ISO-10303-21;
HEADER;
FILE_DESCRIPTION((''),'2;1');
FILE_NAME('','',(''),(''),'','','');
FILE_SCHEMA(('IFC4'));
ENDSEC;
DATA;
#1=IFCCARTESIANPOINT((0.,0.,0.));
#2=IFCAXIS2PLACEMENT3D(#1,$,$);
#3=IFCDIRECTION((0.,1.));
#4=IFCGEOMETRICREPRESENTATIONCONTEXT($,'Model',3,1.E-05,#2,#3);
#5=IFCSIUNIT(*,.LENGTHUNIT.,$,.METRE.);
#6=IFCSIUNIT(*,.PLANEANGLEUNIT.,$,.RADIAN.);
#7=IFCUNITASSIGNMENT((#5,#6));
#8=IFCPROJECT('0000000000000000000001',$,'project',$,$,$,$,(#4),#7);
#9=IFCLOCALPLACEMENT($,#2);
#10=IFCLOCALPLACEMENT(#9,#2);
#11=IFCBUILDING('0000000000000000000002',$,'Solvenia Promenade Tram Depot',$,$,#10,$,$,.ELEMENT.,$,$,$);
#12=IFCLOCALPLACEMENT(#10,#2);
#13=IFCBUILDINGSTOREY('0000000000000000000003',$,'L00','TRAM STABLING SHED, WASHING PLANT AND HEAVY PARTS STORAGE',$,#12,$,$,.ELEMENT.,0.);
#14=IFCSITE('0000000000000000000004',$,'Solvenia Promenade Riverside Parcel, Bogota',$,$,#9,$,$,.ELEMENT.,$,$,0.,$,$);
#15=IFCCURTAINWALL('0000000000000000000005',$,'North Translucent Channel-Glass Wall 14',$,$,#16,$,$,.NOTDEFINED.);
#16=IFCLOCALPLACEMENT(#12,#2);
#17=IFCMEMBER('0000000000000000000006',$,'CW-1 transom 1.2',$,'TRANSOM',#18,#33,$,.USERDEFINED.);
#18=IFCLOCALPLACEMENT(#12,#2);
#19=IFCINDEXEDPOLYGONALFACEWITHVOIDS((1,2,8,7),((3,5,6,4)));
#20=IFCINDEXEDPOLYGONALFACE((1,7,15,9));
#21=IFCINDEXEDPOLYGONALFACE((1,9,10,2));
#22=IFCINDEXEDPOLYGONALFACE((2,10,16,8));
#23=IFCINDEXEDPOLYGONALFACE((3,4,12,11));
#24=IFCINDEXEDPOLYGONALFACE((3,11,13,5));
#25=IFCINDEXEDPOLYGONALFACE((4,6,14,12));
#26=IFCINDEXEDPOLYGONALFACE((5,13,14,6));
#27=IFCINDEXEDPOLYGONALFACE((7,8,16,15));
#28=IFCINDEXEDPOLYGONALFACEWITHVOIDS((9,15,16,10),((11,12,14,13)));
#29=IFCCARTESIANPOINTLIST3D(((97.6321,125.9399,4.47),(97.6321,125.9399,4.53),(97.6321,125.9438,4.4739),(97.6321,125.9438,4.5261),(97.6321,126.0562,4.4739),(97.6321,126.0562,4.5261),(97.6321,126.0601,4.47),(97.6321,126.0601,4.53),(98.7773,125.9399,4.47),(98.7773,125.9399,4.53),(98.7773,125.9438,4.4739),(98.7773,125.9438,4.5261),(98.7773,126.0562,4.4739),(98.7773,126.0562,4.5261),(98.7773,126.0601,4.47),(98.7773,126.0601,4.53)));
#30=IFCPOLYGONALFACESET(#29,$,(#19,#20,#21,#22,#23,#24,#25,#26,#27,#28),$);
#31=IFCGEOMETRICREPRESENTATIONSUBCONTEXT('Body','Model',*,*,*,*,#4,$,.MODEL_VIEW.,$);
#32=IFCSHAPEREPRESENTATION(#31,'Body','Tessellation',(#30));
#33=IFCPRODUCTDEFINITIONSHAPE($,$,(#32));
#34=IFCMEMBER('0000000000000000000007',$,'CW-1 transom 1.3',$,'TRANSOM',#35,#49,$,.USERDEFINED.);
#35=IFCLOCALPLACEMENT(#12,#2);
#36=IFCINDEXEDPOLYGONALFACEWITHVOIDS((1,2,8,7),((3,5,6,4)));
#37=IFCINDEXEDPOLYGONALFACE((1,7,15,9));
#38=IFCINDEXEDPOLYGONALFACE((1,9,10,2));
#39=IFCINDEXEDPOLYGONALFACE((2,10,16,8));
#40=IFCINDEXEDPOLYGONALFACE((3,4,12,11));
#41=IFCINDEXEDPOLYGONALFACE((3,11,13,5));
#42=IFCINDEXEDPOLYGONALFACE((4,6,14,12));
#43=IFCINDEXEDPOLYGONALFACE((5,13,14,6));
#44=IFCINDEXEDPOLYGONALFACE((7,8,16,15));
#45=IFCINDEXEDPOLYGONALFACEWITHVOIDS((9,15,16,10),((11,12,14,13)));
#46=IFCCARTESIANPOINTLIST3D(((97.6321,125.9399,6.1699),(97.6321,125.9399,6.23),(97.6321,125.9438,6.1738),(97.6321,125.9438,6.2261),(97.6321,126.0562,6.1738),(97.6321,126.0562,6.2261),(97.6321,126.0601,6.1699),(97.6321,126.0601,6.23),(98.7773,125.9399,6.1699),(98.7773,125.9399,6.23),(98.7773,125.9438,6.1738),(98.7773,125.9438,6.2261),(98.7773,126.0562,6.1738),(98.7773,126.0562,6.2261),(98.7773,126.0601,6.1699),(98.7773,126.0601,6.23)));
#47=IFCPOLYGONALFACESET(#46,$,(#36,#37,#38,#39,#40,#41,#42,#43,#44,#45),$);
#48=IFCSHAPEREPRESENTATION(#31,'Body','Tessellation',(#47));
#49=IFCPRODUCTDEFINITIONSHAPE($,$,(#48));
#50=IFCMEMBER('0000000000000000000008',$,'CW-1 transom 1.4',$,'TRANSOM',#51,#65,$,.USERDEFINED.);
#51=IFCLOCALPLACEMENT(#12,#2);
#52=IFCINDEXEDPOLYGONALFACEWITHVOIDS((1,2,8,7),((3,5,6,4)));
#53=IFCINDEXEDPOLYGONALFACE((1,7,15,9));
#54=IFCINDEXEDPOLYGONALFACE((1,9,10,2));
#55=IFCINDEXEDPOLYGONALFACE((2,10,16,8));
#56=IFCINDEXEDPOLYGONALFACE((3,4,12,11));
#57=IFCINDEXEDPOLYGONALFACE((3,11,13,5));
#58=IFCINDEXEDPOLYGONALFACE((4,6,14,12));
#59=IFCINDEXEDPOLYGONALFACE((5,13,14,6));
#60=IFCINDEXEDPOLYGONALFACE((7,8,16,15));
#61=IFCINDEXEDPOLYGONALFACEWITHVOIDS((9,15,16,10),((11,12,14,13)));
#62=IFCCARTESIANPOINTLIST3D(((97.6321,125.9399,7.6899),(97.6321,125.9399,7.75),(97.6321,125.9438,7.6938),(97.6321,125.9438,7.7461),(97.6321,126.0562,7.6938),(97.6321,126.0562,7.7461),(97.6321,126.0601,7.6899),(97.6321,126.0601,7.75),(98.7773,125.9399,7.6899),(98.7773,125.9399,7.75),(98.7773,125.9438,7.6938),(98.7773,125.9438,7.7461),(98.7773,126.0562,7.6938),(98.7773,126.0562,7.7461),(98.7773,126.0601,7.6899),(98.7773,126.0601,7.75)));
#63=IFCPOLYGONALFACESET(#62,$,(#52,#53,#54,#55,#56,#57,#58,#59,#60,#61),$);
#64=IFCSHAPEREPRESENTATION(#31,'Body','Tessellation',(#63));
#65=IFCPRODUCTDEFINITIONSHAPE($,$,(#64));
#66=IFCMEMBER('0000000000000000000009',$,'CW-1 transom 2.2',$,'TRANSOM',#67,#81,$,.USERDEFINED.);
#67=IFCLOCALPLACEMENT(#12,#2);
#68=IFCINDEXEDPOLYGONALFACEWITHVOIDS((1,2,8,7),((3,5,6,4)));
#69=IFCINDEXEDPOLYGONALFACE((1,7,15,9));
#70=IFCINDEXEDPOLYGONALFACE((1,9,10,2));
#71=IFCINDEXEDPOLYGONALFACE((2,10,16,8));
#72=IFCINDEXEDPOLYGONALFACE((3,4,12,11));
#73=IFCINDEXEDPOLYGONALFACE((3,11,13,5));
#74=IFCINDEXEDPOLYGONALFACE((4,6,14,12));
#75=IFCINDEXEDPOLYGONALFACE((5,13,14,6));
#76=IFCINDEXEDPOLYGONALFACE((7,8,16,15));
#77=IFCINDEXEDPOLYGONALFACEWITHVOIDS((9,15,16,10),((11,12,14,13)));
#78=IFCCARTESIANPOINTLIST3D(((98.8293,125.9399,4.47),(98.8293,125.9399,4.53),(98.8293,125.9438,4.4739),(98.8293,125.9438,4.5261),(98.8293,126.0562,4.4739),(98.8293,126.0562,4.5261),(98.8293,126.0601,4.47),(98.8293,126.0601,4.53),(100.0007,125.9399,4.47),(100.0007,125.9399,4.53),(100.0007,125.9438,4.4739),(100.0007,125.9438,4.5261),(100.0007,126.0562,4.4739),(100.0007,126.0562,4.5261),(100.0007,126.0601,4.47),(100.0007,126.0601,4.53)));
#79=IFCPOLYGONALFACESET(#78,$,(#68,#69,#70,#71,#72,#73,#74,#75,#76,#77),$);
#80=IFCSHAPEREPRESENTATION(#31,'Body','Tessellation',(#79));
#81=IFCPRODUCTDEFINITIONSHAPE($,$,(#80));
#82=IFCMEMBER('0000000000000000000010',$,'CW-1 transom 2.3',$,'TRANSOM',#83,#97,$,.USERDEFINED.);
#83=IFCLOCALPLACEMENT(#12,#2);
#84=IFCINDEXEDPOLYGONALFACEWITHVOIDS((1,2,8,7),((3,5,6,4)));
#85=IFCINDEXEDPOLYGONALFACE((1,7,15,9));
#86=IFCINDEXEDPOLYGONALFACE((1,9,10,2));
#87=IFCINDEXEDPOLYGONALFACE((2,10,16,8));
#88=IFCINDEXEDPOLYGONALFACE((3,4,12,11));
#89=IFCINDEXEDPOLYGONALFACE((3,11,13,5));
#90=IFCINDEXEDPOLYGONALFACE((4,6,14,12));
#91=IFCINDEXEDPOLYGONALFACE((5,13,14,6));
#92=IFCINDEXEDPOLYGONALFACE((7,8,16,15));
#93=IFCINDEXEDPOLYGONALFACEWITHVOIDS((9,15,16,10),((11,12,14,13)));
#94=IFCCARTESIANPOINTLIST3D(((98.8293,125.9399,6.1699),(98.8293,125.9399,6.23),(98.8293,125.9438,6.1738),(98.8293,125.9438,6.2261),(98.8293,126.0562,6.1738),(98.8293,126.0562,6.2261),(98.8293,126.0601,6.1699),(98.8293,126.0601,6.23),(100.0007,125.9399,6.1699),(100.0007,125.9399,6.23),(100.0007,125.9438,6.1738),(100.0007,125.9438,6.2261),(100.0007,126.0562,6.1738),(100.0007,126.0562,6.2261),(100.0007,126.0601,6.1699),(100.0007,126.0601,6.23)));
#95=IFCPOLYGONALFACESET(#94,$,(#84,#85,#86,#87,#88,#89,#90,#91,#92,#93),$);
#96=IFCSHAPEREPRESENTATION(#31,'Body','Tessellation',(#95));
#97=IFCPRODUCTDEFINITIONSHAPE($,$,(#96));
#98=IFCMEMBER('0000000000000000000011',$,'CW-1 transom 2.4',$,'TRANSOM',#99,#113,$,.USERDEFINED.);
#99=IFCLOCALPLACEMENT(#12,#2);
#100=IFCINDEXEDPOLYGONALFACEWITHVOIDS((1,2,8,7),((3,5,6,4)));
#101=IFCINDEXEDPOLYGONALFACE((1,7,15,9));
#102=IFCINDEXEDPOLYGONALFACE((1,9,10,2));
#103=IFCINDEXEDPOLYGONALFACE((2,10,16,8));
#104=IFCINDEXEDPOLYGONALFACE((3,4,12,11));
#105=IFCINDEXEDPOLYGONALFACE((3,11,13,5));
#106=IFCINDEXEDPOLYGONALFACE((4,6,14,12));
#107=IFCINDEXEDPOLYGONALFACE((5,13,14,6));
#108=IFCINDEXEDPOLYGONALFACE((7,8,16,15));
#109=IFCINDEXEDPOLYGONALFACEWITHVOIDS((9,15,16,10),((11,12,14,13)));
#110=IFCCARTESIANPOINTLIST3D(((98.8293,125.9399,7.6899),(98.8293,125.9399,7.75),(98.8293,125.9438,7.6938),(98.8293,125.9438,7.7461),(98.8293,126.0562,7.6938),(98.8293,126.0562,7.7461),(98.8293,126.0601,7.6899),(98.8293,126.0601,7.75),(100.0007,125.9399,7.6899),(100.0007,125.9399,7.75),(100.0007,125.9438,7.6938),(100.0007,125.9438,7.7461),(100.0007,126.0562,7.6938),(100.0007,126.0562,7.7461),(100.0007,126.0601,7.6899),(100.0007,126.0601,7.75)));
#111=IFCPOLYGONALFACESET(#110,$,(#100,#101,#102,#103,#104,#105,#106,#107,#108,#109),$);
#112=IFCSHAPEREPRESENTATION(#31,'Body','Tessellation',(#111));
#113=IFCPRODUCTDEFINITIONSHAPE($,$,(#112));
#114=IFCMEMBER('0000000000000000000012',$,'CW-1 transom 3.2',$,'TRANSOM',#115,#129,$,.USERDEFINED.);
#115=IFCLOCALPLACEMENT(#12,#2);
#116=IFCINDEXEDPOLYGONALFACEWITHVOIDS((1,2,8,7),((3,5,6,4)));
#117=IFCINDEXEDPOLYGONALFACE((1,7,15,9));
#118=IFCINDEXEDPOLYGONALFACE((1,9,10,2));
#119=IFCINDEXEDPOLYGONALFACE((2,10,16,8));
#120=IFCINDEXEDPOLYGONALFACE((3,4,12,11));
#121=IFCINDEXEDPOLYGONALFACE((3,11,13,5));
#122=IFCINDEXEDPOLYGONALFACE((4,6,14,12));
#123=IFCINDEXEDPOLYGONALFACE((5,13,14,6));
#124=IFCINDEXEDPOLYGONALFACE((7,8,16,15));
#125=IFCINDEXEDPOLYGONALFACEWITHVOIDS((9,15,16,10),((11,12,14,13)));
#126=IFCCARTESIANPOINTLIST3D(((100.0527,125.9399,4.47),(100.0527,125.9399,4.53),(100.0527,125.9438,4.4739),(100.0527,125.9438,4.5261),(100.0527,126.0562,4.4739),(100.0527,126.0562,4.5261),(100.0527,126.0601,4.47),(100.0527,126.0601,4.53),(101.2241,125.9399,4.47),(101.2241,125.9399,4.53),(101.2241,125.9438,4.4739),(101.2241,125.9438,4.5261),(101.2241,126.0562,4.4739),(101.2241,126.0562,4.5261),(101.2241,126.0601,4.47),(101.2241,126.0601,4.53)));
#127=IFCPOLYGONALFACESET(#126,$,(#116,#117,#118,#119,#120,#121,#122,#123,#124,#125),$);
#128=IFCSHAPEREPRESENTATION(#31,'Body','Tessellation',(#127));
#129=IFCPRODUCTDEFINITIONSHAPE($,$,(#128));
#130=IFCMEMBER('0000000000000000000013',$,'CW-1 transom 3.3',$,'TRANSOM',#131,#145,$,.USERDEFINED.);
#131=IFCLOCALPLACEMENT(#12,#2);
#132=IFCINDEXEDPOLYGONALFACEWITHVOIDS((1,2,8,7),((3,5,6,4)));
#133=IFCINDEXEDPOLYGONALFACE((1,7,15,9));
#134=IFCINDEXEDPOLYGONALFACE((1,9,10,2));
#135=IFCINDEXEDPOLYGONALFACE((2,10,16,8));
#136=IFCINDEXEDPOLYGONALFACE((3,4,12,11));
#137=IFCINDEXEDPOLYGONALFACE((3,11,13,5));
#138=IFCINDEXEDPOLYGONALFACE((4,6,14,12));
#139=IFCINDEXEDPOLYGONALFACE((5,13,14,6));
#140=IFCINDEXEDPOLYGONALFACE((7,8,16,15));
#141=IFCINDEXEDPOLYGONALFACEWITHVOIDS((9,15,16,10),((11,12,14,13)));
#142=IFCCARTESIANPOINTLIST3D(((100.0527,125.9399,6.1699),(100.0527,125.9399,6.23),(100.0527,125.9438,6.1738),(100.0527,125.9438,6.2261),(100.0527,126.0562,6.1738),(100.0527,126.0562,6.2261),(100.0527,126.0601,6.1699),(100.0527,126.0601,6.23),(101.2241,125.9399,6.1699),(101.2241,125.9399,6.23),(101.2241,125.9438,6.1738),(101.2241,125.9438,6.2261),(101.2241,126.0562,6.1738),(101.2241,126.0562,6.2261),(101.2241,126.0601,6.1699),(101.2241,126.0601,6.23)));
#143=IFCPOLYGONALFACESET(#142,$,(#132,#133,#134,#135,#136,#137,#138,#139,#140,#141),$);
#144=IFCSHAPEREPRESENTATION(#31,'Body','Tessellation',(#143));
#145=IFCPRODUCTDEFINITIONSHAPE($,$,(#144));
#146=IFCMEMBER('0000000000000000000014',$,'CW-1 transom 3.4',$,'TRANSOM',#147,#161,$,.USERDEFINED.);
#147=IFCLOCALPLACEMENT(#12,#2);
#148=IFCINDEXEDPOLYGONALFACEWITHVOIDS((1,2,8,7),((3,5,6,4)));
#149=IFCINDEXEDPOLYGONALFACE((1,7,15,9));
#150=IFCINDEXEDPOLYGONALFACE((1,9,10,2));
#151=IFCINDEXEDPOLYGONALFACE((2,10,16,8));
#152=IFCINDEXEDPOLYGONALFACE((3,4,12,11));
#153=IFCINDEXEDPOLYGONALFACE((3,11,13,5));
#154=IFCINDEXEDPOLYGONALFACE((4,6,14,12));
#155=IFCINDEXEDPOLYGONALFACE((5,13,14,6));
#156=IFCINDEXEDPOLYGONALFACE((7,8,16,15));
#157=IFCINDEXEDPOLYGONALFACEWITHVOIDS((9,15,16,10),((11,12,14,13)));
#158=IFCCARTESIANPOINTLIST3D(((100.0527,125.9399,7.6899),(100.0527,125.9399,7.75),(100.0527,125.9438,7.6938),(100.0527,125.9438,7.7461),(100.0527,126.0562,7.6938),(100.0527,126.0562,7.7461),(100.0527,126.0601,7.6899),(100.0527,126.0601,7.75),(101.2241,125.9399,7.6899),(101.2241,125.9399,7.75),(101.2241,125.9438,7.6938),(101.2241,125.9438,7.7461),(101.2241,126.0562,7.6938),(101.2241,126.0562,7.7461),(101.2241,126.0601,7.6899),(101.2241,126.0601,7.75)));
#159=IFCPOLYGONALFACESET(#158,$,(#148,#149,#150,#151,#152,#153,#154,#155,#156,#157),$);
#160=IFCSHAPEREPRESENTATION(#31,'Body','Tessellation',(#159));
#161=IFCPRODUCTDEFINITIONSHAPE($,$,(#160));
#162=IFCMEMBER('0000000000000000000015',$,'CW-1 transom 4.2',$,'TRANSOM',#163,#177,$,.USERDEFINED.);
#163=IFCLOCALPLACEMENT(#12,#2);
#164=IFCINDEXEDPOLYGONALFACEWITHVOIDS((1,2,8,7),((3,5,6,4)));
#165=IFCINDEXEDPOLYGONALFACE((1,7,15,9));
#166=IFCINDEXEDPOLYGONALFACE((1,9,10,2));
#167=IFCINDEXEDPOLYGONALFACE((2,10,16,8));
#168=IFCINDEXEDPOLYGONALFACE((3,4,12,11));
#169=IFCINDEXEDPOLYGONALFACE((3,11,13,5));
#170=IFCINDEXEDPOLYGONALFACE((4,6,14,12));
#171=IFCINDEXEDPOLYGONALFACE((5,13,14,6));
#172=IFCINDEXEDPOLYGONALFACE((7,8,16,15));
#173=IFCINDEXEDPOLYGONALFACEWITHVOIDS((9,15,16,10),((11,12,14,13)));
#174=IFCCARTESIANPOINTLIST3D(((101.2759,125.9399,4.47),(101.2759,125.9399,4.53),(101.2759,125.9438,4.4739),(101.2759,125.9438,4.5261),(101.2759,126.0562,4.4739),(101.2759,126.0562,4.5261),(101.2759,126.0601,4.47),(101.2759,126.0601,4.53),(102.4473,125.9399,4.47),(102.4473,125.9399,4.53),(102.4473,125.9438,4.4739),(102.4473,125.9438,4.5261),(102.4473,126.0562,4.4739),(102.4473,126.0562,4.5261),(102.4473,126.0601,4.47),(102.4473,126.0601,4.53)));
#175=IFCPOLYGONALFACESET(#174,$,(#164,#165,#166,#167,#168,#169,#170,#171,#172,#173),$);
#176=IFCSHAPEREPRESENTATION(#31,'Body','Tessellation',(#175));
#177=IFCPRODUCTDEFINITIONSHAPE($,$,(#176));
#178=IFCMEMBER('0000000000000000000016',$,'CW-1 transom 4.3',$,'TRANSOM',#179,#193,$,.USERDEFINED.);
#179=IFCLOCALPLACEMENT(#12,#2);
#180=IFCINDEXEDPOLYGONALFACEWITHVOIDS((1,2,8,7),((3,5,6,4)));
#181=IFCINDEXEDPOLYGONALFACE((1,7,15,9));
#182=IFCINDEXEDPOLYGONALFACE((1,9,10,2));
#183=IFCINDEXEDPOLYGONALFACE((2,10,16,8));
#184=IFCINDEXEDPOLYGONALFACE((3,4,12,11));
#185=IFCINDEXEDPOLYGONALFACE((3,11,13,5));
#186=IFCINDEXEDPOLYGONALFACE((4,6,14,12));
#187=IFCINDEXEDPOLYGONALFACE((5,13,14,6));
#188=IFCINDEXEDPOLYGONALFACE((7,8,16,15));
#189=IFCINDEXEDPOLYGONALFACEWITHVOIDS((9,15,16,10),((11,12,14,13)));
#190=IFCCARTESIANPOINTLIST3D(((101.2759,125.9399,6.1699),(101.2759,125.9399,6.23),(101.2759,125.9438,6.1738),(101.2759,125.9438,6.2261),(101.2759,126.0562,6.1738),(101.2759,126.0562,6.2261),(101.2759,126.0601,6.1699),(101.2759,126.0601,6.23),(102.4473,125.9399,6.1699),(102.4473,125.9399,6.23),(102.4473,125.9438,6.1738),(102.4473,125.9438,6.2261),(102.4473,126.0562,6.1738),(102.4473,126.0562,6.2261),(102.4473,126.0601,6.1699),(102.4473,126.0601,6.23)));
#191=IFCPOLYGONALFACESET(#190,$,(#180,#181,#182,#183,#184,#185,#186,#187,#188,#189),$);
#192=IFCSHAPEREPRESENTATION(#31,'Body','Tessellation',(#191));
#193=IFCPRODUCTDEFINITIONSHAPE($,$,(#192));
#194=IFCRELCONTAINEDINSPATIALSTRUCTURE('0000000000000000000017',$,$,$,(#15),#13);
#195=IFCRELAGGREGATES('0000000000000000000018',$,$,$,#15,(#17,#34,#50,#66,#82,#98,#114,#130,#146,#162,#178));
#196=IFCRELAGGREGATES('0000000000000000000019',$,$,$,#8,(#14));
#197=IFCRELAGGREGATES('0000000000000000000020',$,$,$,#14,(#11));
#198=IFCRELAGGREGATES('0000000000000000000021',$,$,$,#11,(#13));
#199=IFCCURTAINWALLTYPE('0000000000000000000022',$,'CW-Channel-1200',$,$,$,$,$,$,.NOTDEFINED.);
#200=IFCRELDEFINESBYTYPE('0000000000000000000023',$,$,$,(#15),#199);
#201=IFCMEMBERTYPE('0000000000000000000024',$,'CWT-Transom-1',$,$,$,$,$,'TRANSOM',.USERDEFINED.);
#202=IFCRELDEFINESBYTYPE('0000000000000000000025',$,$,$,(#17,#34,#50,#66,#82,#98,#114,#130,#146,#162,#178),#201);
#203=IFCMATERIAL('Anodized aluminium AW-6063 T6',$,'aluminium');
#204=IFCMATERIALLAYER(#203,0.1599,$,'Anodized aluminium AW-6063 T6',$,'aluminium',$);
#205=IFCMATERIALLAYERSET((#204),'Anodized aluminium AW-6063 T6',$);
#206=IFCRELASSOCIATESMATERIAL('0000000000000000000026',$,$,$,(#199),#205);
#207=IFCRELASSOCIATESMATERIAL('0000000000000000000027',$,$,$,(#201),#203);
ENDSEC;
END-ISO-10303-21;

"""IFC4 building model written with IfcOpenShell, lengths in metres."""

from ifc_helpers import new_model, si_unit, direction, frame, origin, origin_2d, place, context, subcontext, project, spatial, hollow_rectangle, extrude, material, layer, layer_set, material_profile, profile_set, type_object, element, aggregate, save


model = new_model("IFC4")

# Units and contexts
model_context = context("Model", 3, precision=1e-05, world=origin(), true_north=direction((0.0, 1.0)))
body_context = subcontext(model_context, "Body", "Model", "MODEL_VIEW")
ifc_project = project(units=[si_unit("LENGTHUNIT", "METRE"), si_unit("PLANEANGLEUNIT", "RADIAN")], contexts=[model_context])

# Site, building, storey
site_placement = place(None, origin())
site = spatial("IfcSite", under=ifc_project, at=site_placement, Name="Solvenia Promenade Riverside Parcel, Bogota", CompositionType="ELEMENT", RefElevation=0.0)
building_placement = place(site_placement, origin())
building = spatial("IfcBuilding", under=site, at=building_placement, Name="Solvenia Promenade Tram Depot", CompositionType="ELEMENT")
storey_placement = place(building_placement, origin())
storey = spatial("IfcBuildingStorey", under=building, at=storey_placement, Name="L00", Description="TRAM STABLING SHED, WASHING PLANT AND HEAVY PARTS STORAGE", CompositionType="ELEMENT", Elevation=0.0)

# Curtain wall, members
ifc_material_1 = material(Name="Anodized aluminium AW-6063 T6", Category="aluminium")
ifc_layer_1 = layer(ifc_material_1, 0.1599, Name="Anodized aluminium AW-6063 T6", Category="aluminium")
ifc_layer_set_1 = layer_set([ifc_layer_1], Name="Anodized aluminium AW-6063 T6")
curtain_wall_type = type_object("IfcCurtainWallType", Name="CW-Channel-1200", PredefinedType="NOTDEFINED", material=ifc_layer_set_1)
curtain_wall_1_placement = place(storey_placement, origin())
curtain_wall_1 = element("IfcCurtainWall", 1, at=curtain_wall_1_placement, inside=storey, type_object=curtain_wall_type, Name="North Translucent Channel-Glass Wall 14", PredefinedType="NOTDEFINED")
ifc_material_profile = material_profile(ifc_material_1, hollow_rectangle(XDim=0.1201, YDim=0.0601, WallThickness=0.0039, at=origin_2d()), Name="ALU-T1", Category="aluminium")
ifc_profile_set = profile_set([ifc_material_profile], Name="Anodized aluminium AW-6063 T6")
member_type = type_object("IfcMemberType", Name="CWT-Transom-1", ElementType="TRANSOM", PredefinedType="USERDEFINED", material=ifc_profile_set)
member_1_placement = place(storey_placement, frame((97.6321, 126.0, 4.5), z_axis=(1.0, 0.0, 0.0), x_axis=(0.0, 1.0, 0.0)))
member_1 = element("IfcMember", 2, at=member_1_placement, type_object=member_type, Name="CW-1 transom 1.2", ObjectType="TRANSOM", PredefinedType="USERDEFINED", context=body_context, shape_type="SweptSolid", body=[
    extrude(hollow_rectangle(XDim=0.1201, YDim=0.0601, WallThickness=0.0039, at=origin_2d()), origin(), (0.0, 0.0, 1.0), 1.1453),
])
member_2_placement = place(storey_placement, frame((97.6321, 126.0, 6.2), z_axis=(1.0, 0.0, 0.0), x_axis=(0.0, 1.0, 0.0)))
member_2 = element("IfcMember", 3, at=member_2_placement, type_object=member_type, Name="CW-1 transom 1.3", ObjectType="TRANSOM", PredefinedType="USERDEFINED", context=body_context, shape_type="SweptSolid", body=[
    extrude(hollow_rectangle(XDim=0.1201, YDim=0.0601, WallThickness=0.0039, at=origin_2d()), origin(), (0.0, 0.0, 1.0), 1.1453),
])
member_3_placement = place(storey_placement, frame((97.6321, 126.0, 7.72), z_axis=(1.0, 0.0, 0.0), x_axis=(0.0, 1.0, 0.0)))
member_3 = element("IfcMember", 4, at=member_3_placement, type_object=member_type, Name="CW-1 transom 1.4", ObjectType="TRANSOM", PredefinedType="USERDEFINED", context=body_context, shape_type="SweptSolid", body=[
    extrude(hollow_rectangle(XDim=0.1201, YDim=0.0601, WallThickness=0.0039, at=origin_2d()), origin(), (0.0, 0.0, 1.0), 1.1453),
])
member_4_placement = place(storey_placement, frame((98.8293, 126.0, 4.5), z_axis=(1.0, 0.0, 0.0), x_axis=(0.0, 1.0, 0.0)))
member_4 = element("IfcMember", 5, at=member_4_placement, type_object=member_type, Name="CW-1 transom 2.2", ObjectType="TRANSOM", PredefinedType="USERDEFINED", context=body_context, shape_type="SweptSolid", body=[
    extrude(hollow_rectangle(XDim=0.1201, YDim=0.0601, WallThickness=0.0039, at=origin_2d()), origin(), (0.0, 0.0, 1.0), 1.1714),
])
member_5_placement = place(storey_placement, frame((98.8293, 126.0, 6.2), z_axis=(1.0, 0.0, 0.0), x_axis=(0.0, 1.0, 0.0)))
member_5 = element("IfcMember", 6, at=member_5_placement, type_object=member_type, Name="CW-1 transom 2.3", ObjectType="TRANSOM", PredefinedType="USERDEFINED", context=body_context, shape_type="SweptSolid", body=[
    extrude(hollow_rectangle(XDim=0.1201, YDim=0.0601, WallThickness=0.0039, at=origin_2d()), origin(), (0.0, 0.0, 1.0), 1.1714),
])
member_6_placement = place(storey_placement, frame((98.8293, 126.0, 7.72), z_axis=(1.0, 0.0, 0.0), x_axis=(0.0, 1.0, 0.0)))
member_6 = element("IfcMember", 7, at=member_6_placement, type_object=member_type, Name="CW-1 transom 2.4", ObjectType="TRANSOM", PredefinedType="USERDEFINED", context=body_context, shape_type="SweptSolid", body=[
    extrude(hollow_rectangle(XDim=0.1201, YDim=0.0601, WallThickness=0.0039, at=origin_2d()), origin(), (0.0, 0.0, 1.0), 1.1714),
])
member_7_placement = place(storey_placement, frame((100.0527, 126.0, 4.5), z_axis=(1.0, 0.0, 0.0), x_axis=(0.0, 1.0, 0.0)))
member_7 = element("IfcMember", 8, at=member_7_placement, type_object=member_type, Name="CW-1 transom 3.2", ObjectType="TRANSOM", PredefinedType="USERDEFINED", context=body_context, shape_type="SweptSolid", body=[
    extrude(hollow_rectangle(XDim=0.1201, YDim=0.0601, WallThickness=0.0039, at=origin_2d()), origin(), (0.0, 0.0, 1.0), 1.1714),
])
member_8_placement = place(storey_placement, frame((100.0527, 126.0, 6.2), z_axis=(1.0, 0.0, 0.0), x_axis=(0.0, 1.0, 0.0)))
member_8 = element("IfcMember", 9, at=member_8_placement, type_object=member_type, Name="CW-1 transom 3.3", ObjectType="TRANSOM", PredefinedType="USERDEFINED", context=body_context, shape_type="SweptSolid", body=[
    extrude(hollow_rectangle(XDim=0.1201, YDim=0.0601, WallThickness=0.0039, at=origin_2d()), origin(), (0.0, 0.0, 1.0), 1.1714),
])
member_9_placement = place(storey_placement, frame((100.0527, 126.0, 7.72), z_axis=(1.0, 0.0, 0.0), x_axis=(0.0, 1.0, 0.0)))
member_9 = element("IfcMember", 10, at=member_9_placement, type_object=member_type, Name="CW-1 transom 3.4", ObjectType="TRANSOM", PredefinedType="USERDEFINED", context=body_context, shape_type="SweptSolid", body=[
    extrude(hollow_rectangle(XDim=0.1201, YDim=0.0601, WallThickness=0.0039, at=origin_2d()), origin(), (0.0, 0.0, 1.0), 1.1714),
])
member_10_placement = place(storey_placement, frame((101.2759, 126.0, 4.5), z_axis=(1.0, 0.0, 0.0), x_axis=(0.0, 1.0, 0.0)))
member_10 = element("IfcMember", 11, at=member_10_placement, type_object=member_type, Name="CW-1 transom 4.2", ObjectType="TRANSOM", PredefinedType="USERDEFINED", context=body_context, shape_type="SweptSolid", body=[
    extrude(hollow_rectangle(XDim=0.1201, YDim=0.0601, WallThickness=0.0039, at=origin_2d()), origin(), (0.0, 0.0, 1.0), 1.1714),
])
member_11_placement = place(storey_placement, frame((101.2759, 126.0, 6.2), z_axis=(1.0, 0.0, 0.0), x_axis=(0.0, 1.0, 0.0)))
member_11 = element("IfcMember", 12, at=member_11_placement, type_object=member_type, Name="CW-1 transom 4.3", ObjectType="TRANSOM", PredefinedType="USERDEFINED", context=body_context, shape_type="SweptSolid", body=[
    extrude(hollow_rectangle(XDim=0.1201, YDim=0.0601, WallThickness=0.0039, at=origin_2d()), origin(), (0.0, 0.0, 1.0), 1.1714),
])

aggregate(curtain_wall_1, [member_1, member_2, member_3, member_4, member_5, member_6, member_7, member_8, member_9, member_10, member_11])

save(model, "model.ifc")
